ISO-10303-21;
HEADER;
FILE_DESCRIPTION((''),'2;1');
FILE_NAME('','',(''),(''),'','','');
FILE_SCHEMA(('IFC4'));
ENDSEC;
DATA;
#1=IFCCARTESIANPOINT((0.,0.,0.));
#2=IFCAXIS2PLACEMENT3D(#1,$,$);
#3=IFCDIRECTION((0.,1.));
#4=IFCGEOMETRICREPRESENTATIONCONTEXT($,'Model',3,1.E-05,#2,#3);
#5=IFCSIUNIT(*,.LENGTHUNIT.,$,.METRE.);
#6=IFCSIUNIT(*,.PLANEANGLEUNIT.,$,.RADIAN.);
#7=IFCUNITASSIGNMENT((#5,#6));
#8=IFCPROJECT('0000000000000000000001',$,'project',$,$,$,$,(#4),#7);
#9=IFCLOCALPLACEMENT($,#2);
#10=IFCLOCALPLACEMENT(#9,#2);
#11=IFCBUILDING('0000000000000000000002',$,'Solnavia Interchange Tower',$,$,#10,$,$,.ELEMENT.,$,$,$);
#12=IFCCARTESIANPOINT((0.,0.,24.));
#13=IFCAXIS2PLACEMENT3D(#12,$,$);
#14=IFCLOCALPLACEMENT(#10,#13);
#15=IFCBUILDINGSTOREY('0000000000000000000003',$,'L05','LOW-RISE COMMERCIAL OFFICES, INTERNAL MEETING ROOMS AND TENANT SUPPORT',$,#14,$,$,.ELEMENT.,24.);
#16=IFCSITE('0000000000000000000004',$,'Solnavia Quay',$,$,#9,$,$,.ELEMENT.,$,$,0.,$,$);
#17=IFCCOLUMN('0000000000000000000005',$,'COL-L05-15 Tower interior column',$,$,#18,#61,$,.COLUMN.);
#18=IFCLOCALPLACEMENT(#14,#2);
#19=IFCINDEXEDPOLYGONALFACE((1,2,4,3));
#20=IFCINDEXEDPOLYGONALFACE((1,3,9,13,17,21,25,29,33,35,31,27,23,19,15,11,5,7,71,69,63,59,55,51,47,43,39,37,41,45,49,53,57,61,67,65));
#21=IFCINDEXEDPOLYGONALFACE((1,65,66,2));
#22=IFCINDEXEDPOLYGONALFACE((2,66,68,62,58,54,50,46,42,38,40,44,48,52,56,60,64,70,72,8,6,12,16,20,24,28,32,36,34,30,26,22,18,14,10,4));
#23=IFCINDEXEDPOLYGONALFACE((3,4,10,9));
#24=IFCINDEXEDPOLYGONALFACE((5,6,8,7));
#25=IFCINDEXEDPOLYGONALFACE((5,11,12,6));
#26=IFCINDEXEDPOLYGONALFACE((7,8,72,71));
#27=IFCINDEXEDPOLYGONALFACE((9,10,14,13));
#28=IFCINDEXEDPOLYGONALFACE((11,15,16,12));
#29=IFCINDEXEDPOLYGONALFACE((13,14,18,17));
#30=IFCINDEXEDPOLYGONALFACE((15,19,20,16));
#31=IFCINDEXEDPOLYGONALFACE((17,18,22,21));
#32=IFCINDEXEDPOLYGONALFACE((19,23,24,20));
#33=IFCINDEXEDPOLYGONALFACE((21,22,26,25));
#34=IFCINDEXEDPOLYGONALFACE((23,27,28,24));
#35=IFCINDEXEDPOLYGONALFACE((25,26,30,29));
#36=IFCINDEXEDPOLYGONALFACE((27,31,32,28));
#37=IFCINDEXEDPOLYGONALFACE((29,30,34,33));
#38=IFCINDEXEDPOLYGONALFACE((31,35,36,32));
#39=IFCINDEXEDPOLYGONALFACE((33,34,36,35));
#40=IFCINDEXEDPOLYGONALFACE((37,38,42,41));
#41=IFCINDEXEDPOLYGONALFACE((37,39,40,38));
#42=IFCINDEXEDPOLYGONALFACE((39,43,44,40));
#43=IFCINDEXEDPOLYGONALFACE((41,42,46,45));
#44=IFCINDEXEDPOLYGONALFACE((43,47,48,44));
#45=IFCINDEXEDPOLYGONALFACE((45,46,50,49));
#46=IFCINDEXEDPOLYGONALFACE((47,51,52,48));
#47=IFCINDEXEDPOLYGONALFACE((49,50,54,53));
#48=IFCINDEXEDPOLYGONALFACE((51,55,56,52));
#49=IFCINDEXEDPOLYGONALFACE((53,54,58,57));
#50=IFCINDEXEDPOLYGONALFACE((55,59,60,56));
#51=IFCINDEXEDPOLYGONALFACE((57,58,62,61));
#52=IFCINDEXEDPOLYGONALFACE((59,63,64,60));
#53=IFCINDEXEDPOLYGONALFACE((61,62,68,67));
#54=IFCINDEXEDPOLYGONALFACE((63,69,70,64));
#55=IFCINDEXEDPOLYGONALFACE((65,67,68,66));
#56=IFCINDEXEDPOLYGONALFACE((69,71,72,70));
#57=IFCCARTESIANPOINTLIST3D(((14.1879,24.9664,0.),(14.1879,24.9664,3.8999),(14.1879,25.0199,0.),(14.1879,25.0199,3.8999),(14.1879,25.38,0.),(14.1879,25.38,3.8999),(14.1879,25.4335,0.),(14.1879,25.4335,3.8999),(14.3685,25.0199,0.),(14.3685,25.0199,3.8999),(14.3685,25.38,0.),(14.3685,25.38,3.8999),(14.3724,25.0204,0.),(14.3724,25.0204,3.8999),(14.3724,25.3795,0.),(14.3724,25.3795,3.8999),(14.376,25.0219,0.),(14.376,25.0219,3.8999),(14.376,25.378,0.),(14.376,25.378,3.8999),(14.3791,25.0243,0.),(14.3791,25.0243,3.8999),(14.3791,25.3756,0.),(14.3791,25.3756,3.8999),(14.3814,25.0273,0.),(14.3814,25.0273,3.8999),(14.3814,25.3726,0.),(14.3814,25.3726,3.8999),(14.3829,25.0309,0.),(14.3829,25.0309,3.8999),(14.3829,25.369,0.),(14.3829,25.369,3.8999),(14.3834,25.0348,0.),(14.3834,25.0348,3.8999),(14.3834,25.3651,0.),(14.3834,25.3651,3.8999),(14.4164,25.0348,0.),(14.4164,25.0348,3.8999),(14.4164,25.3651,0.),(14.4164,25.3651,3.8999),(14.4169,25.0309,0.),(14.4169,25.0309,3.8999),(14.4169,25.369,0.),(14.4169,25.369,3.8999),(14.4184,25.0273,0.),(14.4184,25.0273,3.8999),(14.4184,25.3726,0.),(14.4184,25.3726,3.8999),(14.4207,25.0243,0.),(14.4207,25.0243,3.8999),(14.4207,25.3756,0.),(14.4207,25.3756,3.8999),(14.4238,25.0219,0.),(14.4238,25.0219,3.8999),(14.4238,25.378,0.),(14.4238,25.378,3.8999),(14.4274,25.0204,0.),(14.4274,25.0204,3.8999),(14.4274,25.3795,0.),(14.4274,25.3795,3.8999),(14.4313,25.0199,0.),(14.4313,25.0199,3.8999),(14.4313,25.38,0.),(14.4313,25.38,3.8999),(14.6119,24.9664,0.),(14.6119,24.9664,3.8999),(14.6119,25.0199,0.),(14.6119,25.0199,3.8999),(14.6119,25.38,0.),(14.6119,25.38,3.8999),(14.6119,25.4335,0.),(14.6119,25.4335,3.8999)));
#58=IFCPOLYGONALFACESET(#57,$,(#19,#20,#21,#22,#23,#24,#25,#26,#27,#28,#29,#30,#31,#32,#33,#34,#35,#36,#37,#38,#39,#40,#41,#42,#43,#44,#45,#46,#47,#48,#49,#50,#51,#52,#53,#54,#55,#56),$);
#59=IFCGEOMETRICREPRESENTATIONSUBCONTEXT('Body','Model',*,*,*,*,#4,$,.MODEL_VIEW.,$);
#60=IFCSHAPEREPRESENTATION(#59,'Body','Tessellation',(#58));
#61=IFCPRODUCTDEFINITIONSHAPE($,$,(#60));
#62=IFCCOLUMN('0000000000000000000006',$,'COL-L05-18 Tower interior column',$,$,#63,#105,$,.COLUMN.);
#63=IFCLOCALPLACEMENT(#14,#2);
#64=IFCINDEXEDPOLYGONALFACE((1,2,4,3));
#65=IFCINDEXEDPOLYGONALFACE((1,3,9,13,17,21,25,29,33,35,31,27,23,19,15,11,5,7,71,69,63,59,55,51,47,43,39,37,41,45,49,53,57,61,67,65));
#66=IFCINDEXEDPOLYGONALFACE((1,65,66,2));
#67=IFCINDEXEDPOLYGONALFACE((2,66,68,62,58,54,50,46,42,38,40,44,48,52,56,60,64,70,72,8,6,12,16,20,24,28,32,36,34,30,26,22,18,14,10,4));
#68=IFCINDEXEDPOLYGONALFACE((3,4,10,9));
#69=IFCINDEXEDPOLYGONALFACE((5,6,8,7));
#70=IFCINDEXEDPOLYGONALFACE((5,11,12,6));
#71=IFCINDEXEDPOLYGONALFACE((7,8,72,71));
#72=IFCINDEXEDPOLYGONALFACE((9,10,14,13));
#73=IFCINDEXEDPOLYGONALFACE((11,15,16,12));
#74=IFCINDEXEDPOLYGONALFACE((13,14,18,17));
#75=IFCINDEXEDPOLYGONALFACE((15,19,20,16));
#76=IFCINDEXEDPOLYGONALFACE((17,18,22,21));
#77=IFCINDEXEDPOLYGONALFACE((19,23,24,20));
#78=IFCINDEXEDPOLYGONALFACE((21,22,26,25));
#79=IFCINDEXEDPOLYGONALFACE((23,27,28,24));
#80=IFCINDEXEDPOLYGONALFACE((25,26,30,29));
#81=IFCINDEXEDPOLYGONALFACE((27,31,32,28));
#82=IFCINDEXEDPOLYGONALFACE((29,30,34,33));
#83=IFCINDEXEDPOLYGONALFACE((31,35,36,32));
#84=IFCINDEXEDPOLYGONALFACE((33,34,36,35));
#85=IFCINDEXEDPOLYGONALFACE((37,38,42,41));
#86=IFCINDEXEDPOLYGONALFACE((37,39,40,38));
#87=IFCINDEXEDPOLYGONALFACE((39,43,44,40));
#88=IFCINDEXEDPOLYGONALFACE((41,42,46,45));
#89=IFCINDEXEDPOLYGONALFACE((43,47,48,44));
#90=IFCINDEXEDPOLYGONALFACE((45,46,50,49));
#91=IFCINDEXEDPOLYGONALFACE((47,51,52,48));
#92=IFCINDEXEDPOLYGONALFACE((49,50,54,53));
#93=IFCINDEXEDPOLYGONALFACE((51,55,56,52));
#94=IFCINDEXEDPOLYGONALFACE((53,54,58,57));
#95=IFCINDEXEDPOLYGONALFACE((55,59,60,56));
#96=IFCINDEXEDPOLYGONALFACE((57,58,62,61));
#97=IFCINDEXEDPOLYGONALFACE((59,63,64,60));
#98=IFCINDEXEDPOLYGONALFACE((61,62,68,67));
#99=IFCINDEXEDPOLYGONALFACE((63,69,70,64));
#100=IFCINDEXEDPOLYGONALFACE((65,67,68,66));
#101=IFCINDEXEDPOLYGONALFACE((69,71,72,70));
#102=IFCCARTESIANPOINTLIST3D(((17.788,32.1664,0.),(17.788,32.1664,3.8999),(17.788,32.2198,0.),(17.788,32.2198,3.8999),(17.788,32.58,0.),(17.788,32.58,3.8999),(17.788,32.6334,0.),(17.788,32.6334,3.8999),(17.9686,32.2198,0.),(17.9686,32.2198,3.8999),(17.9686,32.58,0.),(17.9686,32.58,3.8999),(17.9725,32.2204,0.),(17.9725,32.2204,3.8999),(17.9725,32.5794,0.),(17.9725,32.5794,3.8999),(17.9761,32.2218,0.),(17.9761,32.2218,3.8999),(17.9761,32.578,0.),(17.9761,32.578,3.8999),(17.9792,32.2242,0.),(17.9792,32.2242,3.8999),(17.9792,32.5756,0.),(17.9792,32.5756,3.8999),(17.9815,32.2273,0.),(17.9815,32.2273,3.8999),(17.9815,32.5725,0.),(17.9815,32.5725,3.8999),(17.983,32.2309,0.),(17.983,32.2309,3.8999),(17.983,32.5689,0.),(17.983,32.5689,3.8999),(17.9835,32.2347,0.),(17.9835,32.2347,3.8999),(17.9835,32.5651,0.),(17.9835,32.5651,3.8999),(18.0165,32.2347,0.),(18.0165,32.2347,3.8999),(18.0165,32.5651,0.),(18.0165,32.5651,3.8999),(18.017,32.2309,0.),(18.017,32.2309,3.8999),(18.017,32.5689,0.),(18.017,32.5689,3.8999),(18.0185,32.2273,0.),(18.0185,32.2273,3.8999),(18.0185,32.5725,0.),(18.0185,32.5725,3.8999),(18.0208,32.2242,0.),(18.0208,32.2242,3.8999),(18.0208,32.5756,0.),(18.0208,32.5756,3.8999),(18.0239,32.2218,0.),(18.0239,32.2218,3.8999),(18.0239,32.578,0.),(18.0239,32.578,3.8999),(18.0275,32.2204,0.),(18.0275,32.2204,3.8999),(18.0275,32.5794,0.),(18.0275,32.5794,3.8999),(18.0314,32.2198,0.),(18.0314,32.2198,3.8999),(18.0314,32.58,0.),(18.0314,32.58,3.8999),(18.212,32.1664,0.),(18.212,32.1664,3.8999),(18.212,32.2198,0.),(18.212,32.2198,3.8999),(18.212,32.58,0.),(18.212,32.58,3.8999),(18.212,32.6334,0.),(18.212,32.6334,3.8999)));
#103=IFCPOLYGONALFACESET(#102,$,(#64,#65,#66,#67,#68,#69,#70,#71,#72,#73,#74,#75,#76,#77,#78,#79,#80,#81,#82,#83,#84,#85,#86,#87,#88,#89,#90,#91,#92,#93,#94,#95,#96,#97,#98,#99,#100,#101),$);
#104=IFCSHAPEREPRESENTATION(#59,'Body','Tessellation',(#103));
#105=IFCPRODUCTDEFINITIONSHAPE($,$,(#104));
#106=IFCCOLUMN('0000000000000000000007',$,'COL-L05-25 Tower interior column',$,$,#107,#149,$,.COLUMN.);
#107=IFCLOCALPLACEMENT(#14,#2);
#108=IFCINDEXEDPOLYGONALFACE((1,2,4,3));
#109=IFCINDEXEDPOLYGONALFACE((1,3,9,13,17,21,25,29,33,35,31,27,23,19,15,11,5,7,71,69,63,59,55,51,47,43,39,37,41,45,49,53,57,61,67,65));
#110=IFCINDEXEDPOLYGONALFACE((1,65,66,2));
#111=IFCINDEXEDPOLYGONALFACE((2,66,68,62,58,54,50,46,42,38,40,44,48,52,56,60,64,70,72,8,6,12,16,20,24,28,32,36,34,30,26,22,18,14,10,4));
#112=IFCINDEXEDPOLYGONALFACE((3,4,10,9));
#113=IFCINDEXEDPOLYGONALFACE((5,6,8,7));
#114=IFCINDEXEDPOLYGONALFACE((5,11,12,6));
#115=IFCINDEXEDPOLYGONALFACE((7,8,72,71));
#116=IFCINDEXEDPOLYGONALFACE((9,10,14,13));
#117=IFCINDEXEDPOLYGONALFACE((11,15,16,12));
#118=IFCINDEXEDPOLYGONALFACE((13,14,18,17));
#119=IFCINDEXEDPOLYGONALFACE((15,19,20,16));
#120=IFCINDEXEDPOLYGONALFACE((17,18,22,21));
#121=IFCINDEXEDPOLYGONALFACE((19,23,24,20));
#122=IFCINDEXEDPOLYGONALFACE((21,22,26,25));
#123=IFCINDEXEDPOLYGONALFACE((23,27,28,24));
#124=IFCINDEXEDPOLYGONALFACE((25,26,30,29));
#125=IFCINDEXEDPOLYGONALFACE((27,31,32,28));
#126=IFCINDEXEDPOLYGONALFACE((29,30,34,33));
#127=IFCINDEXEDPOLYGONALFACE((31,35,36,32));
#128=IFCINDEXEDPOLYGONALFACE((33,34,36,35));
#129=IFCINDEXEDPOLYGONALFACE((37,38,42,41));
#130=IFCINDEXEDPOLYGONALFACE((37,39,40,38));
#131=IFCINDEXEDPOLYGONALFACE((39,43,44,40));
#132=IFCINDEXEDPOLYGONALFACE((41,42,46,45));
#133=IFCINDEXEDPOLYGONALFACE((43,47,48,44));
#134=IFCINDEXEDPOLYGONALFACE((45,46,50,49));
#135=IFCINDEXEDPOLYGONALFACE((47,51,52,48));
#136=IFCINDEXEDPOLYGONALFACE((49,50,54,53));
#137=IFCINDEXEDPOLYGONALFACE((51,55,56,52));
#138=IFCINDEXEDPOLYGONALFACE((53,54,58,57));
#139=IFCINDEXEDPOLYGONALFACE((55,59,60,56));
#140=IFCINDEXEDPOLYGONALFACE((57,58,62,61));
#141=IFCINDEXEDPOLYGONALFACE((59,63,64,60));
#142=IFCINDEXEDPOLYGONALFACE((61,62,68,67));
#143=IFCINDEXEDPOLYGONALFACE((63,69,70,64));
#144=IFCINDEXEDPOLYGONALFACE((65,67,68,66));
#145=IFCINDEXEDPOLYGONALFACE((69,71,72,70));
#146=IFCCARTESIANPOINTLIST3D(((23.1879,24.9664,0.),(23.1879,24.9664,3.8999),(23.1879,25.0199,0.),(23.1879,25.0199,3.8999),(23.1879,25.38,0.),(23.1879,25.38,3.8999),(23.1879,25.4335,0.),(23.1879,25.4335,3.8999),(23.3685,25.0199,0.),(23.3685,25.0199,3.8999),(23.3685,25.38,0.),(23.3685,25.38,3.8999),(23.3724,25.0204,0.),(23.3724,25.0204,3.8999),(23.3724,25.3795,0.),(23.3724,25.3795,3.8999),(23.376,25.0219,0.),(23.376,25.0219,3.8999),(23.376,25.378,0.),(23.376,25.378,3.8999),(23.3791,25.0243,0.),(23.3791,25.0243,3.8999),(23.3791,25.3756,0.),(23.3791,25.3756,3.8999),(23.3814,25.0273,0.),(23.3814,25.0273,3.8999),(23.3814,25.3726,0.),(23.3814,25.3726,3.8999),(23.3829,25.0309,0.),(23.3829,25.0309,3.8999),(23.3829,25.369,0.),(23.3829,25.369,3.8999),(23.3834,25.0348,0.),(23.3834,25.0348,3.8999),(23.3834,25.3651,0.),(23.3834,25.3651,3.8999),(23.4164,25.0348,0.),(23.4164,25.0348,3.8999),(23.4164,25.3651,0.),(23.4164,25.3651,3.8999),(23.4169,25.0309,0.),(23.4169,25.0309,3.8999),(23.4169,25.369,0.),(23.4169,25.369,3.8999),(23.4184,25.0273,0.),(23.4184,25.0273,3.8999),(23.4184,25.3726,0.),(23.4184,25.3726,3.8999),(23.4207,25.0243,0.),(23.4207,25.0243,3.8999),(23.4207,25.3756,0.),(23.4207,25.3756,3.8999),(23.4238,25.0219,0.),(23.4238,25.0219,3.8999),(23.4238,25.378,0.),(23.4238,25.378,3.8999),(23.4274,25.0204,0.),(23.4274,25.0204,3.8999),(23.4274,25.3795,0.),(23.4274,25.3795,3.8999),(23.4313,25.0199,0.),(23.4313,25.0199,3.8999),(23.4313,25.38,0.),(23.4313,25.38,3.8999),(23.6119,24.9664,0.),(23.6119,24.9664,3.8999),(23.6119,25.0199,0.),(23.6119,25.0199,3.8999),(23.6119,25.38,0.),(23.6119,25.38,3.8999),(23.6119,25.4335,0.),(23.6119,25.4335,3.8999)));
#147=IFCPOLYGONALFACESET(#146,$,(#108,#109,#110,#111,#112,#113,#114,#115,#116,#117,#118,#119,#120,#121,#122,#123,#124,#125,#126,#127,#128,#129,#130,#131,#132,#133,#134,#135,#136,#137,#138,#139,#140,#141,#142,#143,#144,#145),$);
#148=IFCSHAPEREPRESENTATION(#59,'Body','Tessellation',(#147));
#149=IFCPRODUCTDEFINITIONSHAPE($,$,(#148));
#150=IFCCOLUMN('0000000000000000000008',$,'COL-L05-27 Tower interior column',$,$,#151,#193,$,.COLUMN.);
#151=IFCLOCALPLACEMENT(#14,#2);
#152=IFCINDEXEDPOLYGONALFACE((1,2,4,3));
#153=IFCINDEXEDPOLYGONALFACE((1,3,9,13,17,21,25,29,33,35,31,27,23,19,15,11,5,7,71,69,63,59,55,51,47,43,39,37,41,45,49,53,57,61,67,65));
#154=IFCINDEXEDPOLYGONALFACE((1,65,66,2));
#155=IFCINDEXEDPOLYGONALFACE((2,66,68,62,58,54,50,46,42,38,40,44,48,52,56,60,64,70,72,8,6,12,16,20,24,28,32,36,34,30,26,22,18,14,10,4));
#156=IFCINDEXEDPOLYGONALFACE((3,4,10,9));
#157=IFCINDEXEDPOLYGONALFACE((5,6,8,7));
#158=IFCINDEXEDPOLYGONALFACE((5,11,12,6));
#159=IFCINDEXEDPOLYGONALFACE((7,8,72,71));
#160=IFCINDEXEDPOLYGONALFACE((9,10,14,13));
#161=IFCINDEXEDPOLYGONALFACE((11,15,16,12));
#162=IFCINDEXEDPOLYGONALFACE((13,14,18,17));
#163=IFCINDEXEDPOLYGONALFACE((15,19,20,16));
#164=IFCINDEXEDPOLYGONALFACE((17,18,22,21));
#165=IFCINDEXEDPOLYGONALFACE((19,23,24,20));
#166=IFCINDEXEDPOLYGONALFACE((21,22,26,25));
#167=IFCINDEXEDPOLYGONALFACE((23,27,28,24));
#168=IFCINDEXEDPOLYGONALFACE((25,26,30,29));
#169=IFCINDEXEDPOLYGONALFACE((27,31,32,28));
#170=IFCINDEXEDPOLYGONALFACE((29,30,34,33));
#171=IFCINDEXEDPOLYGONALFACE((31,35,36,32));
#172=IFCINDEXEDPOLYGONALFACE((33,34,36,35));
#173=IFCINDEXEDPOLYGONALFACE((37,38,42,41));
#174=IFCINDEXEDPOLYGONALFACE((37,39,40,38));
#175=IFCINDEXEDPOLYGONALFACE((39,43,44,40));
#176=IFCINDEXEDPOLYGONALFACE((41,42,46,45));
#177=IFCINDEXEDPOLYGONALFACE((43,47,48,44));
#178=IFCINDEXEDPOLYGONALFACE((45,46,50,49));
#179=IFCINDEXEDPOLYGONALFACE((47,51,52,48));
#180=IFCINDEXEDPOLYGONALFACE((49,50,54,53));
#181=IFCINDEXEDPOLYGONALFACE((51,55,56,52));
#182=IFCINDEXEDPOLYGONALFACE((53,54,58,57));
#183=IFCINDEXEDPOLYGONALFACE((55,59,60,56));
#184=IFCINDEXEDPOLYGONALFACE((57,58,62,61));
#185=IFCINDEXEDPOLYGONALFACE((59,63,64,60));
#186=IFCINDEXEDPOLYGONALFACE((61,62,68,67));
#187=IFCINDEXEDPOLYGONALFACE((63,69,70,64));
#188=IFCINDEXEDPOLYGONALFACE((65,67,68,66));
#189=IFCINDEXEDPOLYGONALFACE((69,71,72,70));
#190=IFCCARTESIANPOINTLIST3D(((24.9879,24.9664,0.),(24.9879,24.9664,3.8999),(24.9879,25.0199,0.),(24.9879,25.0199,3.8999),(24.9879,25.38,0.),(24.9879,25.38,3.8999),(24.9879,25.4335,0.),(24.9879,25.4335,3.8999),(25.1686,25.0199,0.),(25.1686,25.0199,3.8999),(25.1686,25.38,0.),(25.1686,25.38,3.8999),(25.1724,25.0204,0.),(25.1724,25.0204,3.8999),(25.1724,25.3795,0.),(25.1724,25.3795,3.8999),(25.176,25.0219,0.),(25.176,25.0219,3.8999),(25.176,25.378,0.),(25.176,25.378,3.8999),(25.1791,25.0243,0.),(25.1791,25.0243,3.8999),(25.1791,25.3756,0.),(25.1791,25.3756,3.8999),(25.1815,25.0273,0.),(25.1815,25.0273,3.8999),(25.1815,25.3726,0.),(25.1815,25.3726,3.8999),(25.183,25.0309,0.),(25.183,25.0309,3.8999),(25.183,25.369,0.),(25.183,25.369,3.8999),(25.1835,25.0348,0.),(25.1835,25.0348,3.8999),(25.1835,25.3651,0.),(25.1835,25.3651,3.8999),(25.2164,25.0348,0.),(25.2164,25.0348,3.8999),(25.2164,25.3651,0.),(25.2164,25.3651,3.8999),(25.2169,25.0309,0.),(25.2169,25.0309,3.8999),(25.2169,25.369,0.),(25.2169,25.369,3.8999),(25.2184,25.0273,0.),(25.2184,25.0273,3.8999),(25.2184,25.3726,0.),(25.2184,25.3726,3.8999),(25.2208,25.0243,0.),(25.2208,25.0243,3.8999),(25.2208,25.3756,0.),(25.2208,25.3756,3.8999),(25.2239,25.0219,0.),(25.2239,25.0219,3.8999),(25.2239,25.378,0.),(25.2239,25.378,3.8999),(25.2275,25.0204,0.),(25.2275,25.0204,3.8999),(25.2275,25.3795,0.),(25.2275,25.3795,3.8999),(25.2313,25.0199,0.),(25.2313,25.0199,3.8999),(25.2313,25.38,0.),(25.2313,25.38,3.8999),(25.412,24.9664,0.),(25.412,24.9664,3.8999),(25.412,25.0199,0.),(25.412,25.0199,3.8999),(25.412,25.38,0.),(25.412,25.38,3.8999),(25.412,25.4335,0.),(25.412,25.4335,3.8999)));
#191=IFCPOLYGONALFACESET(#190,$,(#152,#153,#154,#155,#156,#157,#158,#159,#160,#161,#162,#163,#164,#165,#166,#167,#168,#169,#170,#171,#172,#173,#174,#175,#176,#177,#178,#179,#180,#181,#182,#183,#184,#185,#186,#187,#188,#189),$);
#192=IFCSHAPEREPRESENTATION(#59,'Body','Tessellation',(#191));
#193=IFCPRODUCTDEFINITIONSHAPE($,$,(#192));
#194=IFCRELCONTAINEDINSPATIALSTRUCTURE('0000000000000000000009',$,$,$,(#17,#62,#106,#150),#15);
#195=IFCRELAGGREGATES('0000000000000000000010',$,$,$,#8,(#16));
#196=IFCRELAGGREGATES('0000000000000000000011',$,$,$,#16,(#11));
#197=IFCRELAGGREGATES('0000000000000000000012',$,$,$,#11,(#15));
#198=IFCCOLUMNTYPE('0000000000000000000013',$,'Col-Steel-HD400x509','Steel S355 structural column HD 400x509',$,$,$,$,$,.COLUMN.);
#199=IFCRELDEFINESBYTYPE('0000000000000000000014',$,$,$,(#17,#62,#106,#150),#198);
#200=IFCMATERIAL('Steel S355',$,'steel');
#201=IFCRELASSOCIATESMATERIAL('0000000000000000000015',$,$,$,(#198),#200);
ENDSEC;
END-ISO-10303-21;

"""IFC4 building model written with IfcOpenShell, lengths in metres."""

from ifc_helpers import new_model, si_unit, direction, frame, origin, origin_2d, place, context, subcontext, project, spatial, i_section, extrude, material, material_profile, profile_set, type_object, element, save


model = new_model("IFC4")

# Units and contexts
model_context = context("Model", 3, precision=1e-05, world=origin(), true_north=direction((0.0, 1.0)))
body_context = subcontext(model_context, "Body", "Model", "MODEL_VIEW")
ifc_project = project(units=[si_unit("LENGTHUNIT", "METRE"), si_unit("PLANEANGLEUNIT", "RADIAN")], contexts=[model_context])

# Site, building, storey
site_placement = place(None, origin())
site = spatial("IfcSite", under=ifc_project, at=site_placement, Name="Solnavia Quay", CompositionType="ELEMENT", RefElevation=0.0)
building_placement = place(site_placement, origin())
building = spatial("IfcBuilding", under=site, at=building_placement, Name="Solnavia Interchange Tower", CompositionType="ELEMENT")
storey_placement = place(building_placement, frame((0.0, 0.0, 24.0)))
storey = spatial("IfcBuildingStorey", under=building, at=storey_placement, Name="L05", Description="LOW-RISE COMMERCIAL OFFICES, INTERNAL MEETING ROOMS AND TENANT SUPPORT", CompositionType="ELEMENT", Elevation=24.0)

# Columns
ifc_material_1 = material(Name="Steel S355", Category="steel")
ifc_material_profile_1 = material_profile(ifc_material_1, i_section(OverallWidth=0.4241, OverallDepth=0.467, WebThickness=0.033, FlangeThickness=0.0535, FilletRadius=0.0149, at=origin_2d()), Name="HD 400x509")
ifc_profile_set_1 = profile_set([ifc_material_profile_1], Name="Steel S355")
column_type = type_object("IfcColumnType", Name="Col-Steel-HD400x509", Description="Steel S355 structural column HD 400x509", PredefinedType="COLUMN", material=ifc_profile_set_1)
for number, where, z_axis, x_axis, name in (
    (1, (14.3999, 25.2, 0.0), (0.0, 0.0, 1.0), (1.0, 0.0, 0.0), "COL-L05-15 Tower interior column"),
    (2, (18.0, 32.3999, 0.0), (0.0, 0.0, 1.0), (1.0, 0.0, 0.0), "COL-L05-18 Tower interior column"),
    (3, (23.3999, 25.2, 0.0), (0.0, 0.0, 1.0), (1.0, 0.0, 0.0), "COL-L05-25 Tower interior column"),
    (4, (25.2, 25.2, 0.0), (0.0, 0.0, 1.0), (1.0, 0.0, 0.0), "COL-L05-27 Tower interior column"),
):
    element("IfcColumn", number, at=place(storey_placement, frame(where, z_axis=z_axis, x_axis=x_axis)), inside=storey, type_object=column_type, Name=name, PredefinedType="COLUMN", context=body_context, shape_type="SweptSolid", body=[
        extrude(i_section(OverallWidth=0.4241, OverallDepth=0.467, WebThickness=0.033, FlangeThickness=0.0535, FilletRadius=0.0149, at=origin_2d()), origin(), (0.0, 0.0, 1.0), 3.8999),
    ])

save(model, "model.ifc")
